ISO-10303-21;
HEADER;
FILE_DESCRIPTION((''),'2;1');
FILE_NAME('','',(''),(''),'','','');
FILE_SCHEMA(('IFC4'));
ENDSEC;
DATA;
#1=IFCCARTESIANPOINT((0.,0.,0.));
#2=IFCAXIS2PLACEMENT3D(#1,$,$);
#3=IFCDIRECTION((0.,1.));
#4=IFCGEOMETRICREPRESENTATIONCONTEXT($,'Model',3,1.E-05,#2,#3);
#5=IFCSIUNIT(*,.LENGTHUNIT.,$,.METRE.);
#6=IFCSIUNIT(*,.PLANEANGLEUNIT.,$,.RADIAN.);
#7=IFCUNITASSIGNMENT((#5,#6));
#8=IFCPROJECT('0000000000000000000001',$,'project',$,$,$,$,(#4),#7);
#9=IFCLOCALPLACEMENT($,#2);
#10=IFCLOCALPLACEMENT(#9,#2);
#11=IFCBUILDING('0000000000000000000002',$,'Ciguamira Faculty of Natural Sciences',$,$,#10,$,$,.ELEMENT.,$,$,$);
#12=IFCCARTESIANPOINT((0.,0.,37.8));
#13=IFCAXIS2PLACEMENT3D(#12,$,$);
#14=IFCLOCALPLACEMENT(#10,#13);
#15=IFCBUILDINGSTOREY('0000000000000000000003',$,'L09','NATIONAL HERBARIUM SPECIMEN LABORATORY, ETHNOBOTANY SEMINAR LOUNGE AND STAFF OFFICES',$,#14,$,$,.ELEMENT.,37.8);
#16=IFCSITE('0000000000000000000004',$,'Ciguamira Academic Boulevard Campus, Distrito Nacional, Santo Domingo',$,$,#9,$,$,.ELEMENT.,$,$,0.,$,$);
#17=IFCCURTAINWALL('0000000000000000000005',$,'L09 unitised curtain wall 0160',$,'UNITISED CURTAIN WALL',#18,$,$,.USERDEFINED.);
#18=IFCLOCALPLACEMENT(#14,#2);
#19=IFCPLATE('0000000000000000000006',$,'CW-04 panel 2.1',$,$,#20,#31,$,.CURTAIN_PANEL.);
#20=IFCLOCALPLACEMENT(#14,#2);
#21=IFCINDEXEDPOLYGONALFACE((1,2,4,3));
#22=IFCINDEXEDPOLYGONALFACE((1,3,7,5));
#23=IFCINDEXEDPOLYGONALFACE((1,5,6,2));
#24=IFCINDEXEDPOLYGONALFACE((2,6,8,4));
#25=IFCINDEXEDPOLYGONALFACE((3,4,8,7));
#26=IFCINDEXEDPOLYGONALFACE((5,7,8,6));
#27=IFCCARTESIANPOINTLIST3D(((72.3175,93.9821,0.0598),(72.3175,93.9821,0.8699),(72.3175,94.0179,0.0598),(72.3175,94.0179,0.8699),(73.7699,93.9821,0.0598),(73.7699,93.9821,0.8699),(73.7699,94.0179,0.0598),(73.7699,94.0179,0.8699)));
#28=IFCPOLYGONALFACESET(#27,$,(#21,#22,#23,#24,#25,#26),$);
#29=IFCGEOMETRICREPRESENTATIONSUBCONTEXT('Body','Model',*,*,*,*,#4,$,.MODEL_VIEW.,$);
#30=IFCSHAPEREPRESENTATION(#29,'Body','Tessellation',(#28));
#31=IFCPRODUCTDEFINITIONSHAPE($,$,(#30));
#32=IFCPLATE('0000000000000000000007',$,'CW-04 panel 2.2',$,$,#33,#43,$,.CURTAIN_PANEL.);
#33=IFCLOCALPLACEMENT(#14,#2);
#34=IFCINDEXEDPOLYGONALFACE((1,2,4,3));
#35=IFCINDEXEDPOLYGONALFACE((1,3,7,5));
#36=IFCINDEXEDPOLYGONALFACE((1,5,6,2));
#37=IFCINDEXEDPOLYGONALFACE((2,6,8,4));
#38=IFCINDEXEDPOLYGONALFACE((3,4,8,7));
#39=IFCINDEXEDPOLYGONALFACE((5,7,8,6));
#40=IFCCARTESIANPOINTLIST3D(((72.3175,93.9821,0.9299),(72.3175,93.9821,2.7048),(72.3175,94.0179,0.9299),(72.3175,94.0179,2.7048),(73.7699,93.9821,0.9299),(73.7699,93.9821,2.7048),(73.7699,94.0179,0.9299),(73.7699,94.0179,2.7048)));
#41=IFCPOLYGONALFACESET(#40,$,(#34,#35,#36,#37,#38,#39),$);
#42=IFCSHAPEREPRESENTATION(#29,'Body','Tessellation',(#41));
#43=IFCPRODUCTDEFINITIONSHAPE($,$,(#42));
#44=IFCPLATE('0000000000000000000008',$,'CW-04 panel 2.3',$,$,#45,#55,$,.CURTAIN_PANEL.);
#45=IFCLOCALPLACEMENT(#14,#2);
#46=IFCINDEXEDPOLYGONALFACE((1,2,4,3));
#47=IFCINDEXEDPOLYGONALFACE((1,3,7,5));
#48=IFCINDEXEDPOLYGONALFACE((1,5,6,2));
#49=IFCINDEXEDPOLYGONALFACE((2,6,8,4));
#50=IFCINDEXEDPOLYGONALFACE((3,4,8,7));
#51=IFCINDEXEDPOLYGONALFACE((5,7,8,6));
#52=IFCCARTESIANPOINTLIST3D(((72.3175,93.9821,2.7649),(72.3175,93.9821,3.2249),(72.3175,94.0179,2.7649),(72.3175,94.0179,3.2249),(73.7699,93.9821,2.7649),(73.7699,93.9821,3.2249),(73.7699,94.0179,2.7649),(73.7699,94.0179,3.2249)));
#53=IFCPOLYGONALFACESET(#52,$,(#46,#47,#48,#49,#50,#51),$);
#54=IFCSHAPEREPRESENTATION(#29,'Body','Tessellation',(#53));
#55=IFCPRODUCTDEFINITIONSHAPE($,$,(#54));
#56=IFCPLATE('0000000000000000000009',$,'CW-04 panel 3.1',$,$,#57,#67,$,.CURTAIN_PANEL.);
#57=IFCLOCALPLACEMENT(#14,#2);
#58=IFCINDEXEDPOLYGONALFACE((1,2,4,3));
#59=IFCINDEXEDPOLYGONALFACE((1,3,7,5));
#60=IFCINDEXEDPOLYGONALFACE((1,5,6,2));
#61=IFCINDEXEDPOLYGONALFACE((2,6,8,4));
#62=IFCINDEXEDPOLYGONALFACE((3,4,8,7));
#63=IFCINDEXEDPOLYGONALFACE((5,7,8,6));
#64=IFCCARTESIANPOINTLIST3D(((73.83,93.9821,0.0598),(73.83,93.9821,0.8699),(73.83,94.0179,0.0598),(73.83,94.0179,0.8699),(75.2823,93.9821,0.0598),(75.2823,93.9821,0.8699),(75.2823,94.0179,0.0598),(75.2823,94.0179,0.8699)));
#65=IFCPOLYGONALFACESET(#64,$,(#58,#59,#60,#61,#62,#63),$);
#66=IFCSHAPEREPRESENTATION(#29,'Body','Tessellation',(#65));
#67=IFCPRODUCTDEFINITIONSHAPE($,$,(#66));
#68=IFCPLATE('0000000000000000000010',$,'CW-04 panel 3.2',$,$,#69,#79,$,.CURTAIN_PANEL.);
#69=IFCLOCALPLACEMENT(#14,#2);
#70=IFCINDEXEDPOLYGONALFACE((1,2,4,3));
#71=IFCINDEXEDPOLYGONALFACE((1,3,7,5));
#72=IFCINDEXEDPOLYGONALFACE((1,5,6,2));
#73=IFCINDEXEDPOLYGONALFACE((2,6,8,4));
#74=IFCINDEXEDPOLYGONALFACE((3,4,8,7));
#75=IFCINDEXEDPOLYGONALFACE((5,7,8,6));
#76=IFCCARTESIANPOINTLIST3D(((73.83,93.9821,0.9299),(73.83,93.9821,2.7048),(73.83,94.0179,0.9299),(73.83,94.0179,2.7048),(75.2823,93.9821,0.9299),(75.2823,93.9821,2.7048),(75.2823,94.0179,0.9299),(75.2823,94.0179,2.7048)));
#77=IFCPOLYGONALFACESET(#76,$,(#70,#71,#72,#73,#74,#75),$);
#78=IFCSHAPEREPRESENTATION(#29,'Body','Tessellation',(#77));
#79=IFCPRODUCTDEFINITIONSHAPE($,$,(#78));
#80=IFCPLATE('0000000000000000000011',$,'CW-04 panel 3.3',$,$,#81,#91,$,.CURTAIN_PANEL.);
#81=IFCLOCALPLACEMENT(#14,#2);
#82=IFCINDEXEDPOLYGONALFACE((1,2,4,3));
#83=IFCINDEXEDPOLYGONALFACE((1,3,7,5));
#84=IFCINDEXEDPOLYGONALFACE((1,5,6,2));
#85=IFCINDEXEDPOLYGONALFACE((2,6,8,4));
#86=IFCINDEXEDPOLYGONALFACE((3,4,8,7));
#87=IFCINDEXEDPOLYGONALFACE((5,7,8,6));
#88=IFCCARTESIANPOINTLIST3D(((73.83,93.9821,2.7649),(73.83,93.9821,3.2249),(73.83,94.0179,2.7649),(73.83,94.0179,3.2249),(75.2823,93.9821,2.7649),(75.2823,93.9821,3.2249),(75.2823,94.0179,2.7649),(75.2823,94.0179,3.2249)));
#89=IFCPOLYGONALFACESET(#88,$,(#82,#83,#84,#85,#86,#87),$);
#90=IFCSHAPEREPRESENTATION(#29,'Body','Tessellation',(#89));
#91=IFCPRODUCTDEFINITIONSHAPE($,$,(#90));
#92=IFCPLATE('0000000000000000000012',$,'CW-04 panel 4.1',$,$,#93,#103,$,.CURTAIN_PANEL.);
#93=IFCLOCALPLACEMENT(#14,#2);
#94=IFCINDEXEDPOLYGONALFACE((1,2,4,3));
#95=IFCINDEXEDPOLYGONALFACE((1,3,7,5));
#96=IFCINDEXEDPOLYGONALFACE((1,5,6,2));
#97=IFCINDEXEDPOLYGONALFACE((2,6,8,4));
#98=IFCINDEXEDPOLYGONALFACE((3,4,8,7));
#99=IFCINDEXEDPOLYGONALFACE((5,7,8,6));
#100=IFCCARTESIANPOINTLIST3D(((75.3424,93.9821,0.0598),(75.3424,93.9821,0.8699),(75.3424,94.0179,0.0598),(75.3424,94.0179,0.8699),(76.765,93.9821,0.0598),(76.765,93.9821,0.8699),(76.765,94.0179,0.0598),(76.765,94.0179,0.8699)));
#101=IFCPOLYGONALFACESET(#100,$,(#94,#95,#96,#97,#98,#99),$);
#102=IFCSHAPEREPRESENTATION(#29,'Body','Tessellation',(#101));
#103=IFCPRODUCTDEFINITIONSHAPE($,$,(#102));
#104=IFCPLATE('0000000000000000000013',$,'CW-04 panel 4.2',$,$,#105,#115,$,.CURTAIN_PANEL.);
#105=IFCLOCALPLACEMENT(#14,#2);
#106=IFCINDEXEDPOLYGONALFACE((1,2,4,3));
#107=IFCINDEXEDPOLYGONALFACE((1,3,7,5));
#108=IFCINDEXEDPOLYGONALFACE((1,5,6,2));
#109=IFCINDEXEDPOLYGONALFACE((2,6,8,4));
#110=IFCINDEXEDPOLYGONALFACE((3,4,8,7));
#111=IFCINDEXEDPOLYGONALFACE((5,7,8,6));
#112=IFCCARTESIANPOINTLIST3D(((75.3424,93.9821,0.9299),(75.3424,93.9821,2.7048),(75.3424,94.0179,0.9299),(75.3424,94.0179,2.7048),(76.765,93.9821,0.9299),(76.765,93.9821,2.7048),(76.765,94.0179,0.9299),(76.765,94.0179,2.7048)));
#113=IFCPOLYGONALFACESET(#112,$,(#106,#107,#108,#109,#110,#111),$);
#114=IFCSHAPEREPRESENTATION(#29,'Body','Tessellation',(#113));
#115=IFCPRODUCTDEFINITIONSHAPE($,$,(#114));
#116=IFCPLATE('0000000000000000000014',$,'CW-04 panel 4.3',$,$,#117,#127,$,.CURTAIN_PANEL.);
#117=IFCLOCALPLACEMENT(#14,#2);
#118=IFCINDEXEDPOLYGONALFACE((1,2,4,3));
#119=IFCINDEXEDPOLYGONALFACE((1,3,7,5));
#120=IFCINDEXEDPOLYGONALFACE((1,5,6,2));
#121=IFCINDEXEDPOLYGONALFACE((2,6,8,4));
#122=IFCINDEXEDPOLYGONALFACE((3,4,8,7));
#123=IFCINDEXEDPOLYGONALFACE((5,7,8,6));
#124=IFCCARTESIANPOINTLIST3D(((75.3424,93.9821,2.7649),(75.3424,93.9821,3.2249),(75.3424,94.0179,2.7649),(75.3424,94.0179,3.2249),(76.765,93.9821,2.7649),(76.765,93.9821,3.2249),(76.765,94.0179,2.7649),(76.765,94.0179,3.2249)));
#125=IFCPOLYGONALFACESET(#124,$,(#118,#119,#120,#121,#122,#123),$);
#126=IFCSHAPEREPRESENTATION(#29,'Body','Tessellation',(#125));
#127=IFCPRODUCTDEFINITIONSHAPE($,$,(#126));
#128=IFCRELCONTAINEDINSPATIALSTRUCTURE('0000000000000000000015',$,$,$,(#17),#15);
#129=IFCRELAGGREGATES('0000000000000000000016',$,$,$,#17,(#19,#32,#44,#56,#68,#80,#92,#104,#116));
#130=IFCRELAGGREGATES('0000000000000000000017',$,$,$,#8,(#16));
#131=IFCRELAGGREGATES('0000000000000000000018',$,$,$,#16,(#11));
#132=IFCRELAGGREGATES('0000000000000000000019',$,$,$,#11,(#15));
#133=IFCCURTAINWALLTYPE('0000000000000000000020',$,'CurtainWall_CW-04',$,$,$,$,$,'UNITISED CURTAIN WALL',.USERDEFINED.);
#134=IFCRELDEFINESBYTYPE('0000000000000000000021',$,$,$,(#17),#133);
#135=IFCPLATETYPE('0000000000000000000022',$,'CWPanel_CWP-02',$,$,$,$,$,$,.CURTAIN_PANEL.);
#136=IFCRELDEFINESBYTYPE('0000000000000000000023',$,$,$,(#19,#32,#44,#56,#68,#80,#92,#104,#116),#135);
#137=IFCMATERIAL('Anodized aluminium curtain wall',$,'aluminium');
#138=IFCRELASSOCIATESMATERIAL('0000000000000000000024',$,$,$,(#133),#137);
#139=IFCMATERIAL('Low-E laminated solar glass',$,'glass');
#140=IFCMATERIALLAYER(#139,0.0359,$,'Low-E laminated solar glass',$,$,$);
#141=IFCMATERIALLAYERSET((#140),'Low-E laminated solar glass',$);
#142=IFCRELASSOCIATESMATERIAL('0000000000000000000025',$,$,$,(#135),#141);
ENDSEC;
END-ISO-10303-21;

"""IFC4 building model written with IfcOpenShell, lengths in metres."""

from ifc_helpers import new_model, si_unit, direction, frame, origin, origin_2d, place, context, subcontext, project, spatial, rectangle, extrude, material, layer, layer_set, type_object, element, aggregate, save


model = new_model("IFC4")

# Units and contexts
model_context = context("Model", 3, precision=1e-05, world=origin(), true_north=direction((0.0, 1.0)))
body_context = subcontext(model_context, "Body", "Model", "MODEL_VIEW")
ifc_project = project(units=[si_unit("LENGTHUNIT", "METRE"), si_unit("PLANEANGLEUNIT", "RADIAN")], contexts=[model_context])

# Site, building, storey
site_placement = place(None, origin())
site = spatial("IfcSite", under=ifc_project, at=site_placement, Name="Ciguamira Academic Boulevard Campus, Distrito Nacional, Santo Domingo", CompositionType="ELEMENT", RefElevation=0.0)
building_placement = place(site_placement, origin())
building = spatial("IfcBuilding", under=site, at=building_placement, Name="Ciguamira Faculty of Natural Sciences", CompositionType="ELEMENT")
storey_placement = place(building_placement, frame((0.0, 0.0, 37.8)))
storey = spatial("IfcBuildingStorey", under=building, at=storey_placement, Name="L09", Description="NATIONAL HERBARIUM SPECIMEN LABORATORY, ETHNOBOTANY SEMINAR LOUNGE AND STAFF OFFICES", CompositionType="ELEMENT", Elevation=37.8)

# Curtain wall, plates
ifc_material_1 = material(Name="Anodized aluminium curtain wall", Category="aluminium")
curtain_wall_type = type_object("IfcCurtainWallType", Name="CurtainWall_CW-04", ElementType="UNITISED CURTAIN WALL", PredefinedType="USERDEFINED", material=ifc_material_1)
curtain_wall_placement = place(storey_placement, origin())
curtain_wall = element("IfcCurtainWall", 1, at=curtain_wall_placement, inside=storey, type_object=curtain_wall_type, Name="L09 unitised curtain wall 0160", ObjectType="UNITISED CURTAIN WALL", PredefinedType="USERDEFINED")
ifc_material_2 = material(Name="Low-E laminated solar glass", Category="glass")
ifc_layer = layer(ifc_material_2, 0.0359, Name="Low-E laminated solar glass")
ifc_layer_set = layer_set([ifc_layer], Name="Low-E laminated solar glass")
plate_type = type_object("IfcPlateType", Name="CWPanel_CWP-02", PredefinedType="CURTAIN_PANEL", material=ifc_layer_set)
plate_1_placement = place(storey_placement, frame((73.0437, 94.0, 0.0598), z_axis=(0.0, 0.0, 1.0), x_axis=(1.0, 0.0, 0.0)))
plate_1 = element("IfcPlate", 2, at=plate_1_placement, type_object=plate_type, Name="CW-04 panel 2.1", PredefinedType="CURTAIN_PANEL", context=body_context, shape_type="SweptSolid", body=[
    extrude(rectangle(XDim=1.4524, YDim=0.0359, at=origin_2d()), origin(), (0.0, 0.0, 1.0), 0.8101),
])
plate_2_placement = place(storey_placement, frame((73.0437, 94.0, 0.9299), z_axis=(0.0, 0.0, 1.0), x_axis=(1.0, 0.0, 0.0)))
plate_2 = element("IfcPlate", 3, at=plate_2_placement, type_object=plate_type, Name="CW-04 panel 2.2", PredefinedType="CURTAIN_PANEL", context=body_context, shape_type="SweptSolid", body=[
    extrude(rectangle(XDim=1.4524, YDim=0.0359, at=origin_2d()), origin(), (0.0, 0.0, 1.0), 1.7749),
])
plate_3_placement = place(storey_placement, frame((73.0437, 94.0, 2.7649), z_axis=(0.0, 0.0, 1.0), x_axis=(1.0, 0.0, 0.0)))
plate_3 = element("IfcPlate", 4, at=plate_3_placement, type_object=plate_type, Name="CW-04 panel 2.3", PredefinedType="CURTAIN_PANEL", context=body_context, shape_type="SweptSolid", body=[
    extrude(rectangle(XDim=1.4524, YDim=0.0359, at=origin_2d()), origin(), (0.0, 0.0, 1.0), 0.46),
])
plate_4_placement = place(storey_placement, frame((74.5562, 94.0, 0.0598), z_axis=(0.0, 0.0, 1.0), x_axis=(1.0, 0.0, 0.0)))
plate_4 = element("IfcPlate", 5, at=plate_4_placement, type_object=plate_type, Name="CW-04 panel 3.1", PredefinedType="CURTAIN_PANEL", context=body_context, shape_type="SweptSolid", body=[
    extrude(rectangle(XDim=1.4524, YDim=0.0359, at=origin_2d()), origin(), (0.0, 0.0, 1.0), 0.8101),
])
plate_5_placement = place(storey_placement, frame((74.5562, 94.0, 0.9299), z_axis=(0.0, 0.0, 1.0), x_axis=(1.0, 0.0, 0.0)))
plate_5 = element("IfcPlate", 6, at=plate_5_placement, type_object=plate_type, Name="CW-04 panel 3.2", PredefinedType="CURTAIN_PANEL", context=body_context, shape_type="SweptSolid", body=[
    extrude(rectangle(XDim=1.4524, YDim=0.0359, at=origin_2d()), origin(), (0.0, 0.0, 1.0), 1.7749),
])
plate_6_placement = place(storey_placement, frame((74.5562, 94.0, 2.7649), z_axis=(0.0, 0.0, 1.0), x_axis=(1.0, 0.0, 0.0)))
plate_6 = element("IfcPlate", 7, at=plate_6_placement, type_object=plate_type, Name="CW-04 panel 3.3", PredefinedType="CURTAIN_PANEL", context=body_context, shape_type="SweptSolid", body=[
    extrude(rectangle(XDim=1.4524, YDim=0.0359, at=origin_2d()), origin(), (0.0, 0.0, 1.0), 0.46),
])
plate_7_placement = place(storey_placement, frame((76.0537, 94.0, 0.0598), z_axis=(0.0, 0.0, 1.0), x_axis=(1.0, 0.0, 0.0)))
plate_7 = element("IfcPlate", 8, at=plate_7_placement, type_object=plate_type, Name="CW-04 panel 4.1", PredefinedType="CURTAIN_PANEL", context=body_context, shape_type="SweptSolid", body=[
    extrude(rectangle(XDim=1.4226, YDim=0.0359, at=origin_2d()), origin(), (0.0, 0.0, 1.0), 0.8101),
])
plate_8_placement = place(storey_placement, frame((76.0537, 94.0, 0.9299), z_axis=(0.0, 0.0, 1.0), x_axis=(1.0, 0.0, 0.0)))
plate_8 = element("IfcPlate", 9, at=plate_8_placement, type_object=plate_type, Name="CW-04 panel 4.2", PredefinedType="CURTAIN_PANEL", context=body_context, shape_type="SweptSolid", body=[
    extrude(rectangle(XDim=1.4226, YDim=0.0359, at=origin_2d()), origin(), (0.0, 0.0, 1.0), 1.7749),
])
plate_9_placement = place(storey_placement, frame((76.0537, 94.0, 2.7649), z_axis=(0.0, 0.0, 1.0), x_axis=(1.0, 0.0, 0.0)))
plate_9 = element("IfcPlate", 10, at=plate_9_placement, type_object=plate_type, Name="CW-04 panel 4.3", PredefinedType="CURTAIN_PANEL", context=body_context, shape_type="SweptSolid", body=[
    extrude(rectangle(XDim=1.4226, YDim=0.0359, at=origin_2d()), origin(), (0.0, 0.0, 1.0), 0.46),
])
aggregate(curtain_wall, [plate_1, plate_2, plate_3, plate_4, plate_5, plate_6, plate_7, plate_8, plate_9])

save(model, "model.ifc")
